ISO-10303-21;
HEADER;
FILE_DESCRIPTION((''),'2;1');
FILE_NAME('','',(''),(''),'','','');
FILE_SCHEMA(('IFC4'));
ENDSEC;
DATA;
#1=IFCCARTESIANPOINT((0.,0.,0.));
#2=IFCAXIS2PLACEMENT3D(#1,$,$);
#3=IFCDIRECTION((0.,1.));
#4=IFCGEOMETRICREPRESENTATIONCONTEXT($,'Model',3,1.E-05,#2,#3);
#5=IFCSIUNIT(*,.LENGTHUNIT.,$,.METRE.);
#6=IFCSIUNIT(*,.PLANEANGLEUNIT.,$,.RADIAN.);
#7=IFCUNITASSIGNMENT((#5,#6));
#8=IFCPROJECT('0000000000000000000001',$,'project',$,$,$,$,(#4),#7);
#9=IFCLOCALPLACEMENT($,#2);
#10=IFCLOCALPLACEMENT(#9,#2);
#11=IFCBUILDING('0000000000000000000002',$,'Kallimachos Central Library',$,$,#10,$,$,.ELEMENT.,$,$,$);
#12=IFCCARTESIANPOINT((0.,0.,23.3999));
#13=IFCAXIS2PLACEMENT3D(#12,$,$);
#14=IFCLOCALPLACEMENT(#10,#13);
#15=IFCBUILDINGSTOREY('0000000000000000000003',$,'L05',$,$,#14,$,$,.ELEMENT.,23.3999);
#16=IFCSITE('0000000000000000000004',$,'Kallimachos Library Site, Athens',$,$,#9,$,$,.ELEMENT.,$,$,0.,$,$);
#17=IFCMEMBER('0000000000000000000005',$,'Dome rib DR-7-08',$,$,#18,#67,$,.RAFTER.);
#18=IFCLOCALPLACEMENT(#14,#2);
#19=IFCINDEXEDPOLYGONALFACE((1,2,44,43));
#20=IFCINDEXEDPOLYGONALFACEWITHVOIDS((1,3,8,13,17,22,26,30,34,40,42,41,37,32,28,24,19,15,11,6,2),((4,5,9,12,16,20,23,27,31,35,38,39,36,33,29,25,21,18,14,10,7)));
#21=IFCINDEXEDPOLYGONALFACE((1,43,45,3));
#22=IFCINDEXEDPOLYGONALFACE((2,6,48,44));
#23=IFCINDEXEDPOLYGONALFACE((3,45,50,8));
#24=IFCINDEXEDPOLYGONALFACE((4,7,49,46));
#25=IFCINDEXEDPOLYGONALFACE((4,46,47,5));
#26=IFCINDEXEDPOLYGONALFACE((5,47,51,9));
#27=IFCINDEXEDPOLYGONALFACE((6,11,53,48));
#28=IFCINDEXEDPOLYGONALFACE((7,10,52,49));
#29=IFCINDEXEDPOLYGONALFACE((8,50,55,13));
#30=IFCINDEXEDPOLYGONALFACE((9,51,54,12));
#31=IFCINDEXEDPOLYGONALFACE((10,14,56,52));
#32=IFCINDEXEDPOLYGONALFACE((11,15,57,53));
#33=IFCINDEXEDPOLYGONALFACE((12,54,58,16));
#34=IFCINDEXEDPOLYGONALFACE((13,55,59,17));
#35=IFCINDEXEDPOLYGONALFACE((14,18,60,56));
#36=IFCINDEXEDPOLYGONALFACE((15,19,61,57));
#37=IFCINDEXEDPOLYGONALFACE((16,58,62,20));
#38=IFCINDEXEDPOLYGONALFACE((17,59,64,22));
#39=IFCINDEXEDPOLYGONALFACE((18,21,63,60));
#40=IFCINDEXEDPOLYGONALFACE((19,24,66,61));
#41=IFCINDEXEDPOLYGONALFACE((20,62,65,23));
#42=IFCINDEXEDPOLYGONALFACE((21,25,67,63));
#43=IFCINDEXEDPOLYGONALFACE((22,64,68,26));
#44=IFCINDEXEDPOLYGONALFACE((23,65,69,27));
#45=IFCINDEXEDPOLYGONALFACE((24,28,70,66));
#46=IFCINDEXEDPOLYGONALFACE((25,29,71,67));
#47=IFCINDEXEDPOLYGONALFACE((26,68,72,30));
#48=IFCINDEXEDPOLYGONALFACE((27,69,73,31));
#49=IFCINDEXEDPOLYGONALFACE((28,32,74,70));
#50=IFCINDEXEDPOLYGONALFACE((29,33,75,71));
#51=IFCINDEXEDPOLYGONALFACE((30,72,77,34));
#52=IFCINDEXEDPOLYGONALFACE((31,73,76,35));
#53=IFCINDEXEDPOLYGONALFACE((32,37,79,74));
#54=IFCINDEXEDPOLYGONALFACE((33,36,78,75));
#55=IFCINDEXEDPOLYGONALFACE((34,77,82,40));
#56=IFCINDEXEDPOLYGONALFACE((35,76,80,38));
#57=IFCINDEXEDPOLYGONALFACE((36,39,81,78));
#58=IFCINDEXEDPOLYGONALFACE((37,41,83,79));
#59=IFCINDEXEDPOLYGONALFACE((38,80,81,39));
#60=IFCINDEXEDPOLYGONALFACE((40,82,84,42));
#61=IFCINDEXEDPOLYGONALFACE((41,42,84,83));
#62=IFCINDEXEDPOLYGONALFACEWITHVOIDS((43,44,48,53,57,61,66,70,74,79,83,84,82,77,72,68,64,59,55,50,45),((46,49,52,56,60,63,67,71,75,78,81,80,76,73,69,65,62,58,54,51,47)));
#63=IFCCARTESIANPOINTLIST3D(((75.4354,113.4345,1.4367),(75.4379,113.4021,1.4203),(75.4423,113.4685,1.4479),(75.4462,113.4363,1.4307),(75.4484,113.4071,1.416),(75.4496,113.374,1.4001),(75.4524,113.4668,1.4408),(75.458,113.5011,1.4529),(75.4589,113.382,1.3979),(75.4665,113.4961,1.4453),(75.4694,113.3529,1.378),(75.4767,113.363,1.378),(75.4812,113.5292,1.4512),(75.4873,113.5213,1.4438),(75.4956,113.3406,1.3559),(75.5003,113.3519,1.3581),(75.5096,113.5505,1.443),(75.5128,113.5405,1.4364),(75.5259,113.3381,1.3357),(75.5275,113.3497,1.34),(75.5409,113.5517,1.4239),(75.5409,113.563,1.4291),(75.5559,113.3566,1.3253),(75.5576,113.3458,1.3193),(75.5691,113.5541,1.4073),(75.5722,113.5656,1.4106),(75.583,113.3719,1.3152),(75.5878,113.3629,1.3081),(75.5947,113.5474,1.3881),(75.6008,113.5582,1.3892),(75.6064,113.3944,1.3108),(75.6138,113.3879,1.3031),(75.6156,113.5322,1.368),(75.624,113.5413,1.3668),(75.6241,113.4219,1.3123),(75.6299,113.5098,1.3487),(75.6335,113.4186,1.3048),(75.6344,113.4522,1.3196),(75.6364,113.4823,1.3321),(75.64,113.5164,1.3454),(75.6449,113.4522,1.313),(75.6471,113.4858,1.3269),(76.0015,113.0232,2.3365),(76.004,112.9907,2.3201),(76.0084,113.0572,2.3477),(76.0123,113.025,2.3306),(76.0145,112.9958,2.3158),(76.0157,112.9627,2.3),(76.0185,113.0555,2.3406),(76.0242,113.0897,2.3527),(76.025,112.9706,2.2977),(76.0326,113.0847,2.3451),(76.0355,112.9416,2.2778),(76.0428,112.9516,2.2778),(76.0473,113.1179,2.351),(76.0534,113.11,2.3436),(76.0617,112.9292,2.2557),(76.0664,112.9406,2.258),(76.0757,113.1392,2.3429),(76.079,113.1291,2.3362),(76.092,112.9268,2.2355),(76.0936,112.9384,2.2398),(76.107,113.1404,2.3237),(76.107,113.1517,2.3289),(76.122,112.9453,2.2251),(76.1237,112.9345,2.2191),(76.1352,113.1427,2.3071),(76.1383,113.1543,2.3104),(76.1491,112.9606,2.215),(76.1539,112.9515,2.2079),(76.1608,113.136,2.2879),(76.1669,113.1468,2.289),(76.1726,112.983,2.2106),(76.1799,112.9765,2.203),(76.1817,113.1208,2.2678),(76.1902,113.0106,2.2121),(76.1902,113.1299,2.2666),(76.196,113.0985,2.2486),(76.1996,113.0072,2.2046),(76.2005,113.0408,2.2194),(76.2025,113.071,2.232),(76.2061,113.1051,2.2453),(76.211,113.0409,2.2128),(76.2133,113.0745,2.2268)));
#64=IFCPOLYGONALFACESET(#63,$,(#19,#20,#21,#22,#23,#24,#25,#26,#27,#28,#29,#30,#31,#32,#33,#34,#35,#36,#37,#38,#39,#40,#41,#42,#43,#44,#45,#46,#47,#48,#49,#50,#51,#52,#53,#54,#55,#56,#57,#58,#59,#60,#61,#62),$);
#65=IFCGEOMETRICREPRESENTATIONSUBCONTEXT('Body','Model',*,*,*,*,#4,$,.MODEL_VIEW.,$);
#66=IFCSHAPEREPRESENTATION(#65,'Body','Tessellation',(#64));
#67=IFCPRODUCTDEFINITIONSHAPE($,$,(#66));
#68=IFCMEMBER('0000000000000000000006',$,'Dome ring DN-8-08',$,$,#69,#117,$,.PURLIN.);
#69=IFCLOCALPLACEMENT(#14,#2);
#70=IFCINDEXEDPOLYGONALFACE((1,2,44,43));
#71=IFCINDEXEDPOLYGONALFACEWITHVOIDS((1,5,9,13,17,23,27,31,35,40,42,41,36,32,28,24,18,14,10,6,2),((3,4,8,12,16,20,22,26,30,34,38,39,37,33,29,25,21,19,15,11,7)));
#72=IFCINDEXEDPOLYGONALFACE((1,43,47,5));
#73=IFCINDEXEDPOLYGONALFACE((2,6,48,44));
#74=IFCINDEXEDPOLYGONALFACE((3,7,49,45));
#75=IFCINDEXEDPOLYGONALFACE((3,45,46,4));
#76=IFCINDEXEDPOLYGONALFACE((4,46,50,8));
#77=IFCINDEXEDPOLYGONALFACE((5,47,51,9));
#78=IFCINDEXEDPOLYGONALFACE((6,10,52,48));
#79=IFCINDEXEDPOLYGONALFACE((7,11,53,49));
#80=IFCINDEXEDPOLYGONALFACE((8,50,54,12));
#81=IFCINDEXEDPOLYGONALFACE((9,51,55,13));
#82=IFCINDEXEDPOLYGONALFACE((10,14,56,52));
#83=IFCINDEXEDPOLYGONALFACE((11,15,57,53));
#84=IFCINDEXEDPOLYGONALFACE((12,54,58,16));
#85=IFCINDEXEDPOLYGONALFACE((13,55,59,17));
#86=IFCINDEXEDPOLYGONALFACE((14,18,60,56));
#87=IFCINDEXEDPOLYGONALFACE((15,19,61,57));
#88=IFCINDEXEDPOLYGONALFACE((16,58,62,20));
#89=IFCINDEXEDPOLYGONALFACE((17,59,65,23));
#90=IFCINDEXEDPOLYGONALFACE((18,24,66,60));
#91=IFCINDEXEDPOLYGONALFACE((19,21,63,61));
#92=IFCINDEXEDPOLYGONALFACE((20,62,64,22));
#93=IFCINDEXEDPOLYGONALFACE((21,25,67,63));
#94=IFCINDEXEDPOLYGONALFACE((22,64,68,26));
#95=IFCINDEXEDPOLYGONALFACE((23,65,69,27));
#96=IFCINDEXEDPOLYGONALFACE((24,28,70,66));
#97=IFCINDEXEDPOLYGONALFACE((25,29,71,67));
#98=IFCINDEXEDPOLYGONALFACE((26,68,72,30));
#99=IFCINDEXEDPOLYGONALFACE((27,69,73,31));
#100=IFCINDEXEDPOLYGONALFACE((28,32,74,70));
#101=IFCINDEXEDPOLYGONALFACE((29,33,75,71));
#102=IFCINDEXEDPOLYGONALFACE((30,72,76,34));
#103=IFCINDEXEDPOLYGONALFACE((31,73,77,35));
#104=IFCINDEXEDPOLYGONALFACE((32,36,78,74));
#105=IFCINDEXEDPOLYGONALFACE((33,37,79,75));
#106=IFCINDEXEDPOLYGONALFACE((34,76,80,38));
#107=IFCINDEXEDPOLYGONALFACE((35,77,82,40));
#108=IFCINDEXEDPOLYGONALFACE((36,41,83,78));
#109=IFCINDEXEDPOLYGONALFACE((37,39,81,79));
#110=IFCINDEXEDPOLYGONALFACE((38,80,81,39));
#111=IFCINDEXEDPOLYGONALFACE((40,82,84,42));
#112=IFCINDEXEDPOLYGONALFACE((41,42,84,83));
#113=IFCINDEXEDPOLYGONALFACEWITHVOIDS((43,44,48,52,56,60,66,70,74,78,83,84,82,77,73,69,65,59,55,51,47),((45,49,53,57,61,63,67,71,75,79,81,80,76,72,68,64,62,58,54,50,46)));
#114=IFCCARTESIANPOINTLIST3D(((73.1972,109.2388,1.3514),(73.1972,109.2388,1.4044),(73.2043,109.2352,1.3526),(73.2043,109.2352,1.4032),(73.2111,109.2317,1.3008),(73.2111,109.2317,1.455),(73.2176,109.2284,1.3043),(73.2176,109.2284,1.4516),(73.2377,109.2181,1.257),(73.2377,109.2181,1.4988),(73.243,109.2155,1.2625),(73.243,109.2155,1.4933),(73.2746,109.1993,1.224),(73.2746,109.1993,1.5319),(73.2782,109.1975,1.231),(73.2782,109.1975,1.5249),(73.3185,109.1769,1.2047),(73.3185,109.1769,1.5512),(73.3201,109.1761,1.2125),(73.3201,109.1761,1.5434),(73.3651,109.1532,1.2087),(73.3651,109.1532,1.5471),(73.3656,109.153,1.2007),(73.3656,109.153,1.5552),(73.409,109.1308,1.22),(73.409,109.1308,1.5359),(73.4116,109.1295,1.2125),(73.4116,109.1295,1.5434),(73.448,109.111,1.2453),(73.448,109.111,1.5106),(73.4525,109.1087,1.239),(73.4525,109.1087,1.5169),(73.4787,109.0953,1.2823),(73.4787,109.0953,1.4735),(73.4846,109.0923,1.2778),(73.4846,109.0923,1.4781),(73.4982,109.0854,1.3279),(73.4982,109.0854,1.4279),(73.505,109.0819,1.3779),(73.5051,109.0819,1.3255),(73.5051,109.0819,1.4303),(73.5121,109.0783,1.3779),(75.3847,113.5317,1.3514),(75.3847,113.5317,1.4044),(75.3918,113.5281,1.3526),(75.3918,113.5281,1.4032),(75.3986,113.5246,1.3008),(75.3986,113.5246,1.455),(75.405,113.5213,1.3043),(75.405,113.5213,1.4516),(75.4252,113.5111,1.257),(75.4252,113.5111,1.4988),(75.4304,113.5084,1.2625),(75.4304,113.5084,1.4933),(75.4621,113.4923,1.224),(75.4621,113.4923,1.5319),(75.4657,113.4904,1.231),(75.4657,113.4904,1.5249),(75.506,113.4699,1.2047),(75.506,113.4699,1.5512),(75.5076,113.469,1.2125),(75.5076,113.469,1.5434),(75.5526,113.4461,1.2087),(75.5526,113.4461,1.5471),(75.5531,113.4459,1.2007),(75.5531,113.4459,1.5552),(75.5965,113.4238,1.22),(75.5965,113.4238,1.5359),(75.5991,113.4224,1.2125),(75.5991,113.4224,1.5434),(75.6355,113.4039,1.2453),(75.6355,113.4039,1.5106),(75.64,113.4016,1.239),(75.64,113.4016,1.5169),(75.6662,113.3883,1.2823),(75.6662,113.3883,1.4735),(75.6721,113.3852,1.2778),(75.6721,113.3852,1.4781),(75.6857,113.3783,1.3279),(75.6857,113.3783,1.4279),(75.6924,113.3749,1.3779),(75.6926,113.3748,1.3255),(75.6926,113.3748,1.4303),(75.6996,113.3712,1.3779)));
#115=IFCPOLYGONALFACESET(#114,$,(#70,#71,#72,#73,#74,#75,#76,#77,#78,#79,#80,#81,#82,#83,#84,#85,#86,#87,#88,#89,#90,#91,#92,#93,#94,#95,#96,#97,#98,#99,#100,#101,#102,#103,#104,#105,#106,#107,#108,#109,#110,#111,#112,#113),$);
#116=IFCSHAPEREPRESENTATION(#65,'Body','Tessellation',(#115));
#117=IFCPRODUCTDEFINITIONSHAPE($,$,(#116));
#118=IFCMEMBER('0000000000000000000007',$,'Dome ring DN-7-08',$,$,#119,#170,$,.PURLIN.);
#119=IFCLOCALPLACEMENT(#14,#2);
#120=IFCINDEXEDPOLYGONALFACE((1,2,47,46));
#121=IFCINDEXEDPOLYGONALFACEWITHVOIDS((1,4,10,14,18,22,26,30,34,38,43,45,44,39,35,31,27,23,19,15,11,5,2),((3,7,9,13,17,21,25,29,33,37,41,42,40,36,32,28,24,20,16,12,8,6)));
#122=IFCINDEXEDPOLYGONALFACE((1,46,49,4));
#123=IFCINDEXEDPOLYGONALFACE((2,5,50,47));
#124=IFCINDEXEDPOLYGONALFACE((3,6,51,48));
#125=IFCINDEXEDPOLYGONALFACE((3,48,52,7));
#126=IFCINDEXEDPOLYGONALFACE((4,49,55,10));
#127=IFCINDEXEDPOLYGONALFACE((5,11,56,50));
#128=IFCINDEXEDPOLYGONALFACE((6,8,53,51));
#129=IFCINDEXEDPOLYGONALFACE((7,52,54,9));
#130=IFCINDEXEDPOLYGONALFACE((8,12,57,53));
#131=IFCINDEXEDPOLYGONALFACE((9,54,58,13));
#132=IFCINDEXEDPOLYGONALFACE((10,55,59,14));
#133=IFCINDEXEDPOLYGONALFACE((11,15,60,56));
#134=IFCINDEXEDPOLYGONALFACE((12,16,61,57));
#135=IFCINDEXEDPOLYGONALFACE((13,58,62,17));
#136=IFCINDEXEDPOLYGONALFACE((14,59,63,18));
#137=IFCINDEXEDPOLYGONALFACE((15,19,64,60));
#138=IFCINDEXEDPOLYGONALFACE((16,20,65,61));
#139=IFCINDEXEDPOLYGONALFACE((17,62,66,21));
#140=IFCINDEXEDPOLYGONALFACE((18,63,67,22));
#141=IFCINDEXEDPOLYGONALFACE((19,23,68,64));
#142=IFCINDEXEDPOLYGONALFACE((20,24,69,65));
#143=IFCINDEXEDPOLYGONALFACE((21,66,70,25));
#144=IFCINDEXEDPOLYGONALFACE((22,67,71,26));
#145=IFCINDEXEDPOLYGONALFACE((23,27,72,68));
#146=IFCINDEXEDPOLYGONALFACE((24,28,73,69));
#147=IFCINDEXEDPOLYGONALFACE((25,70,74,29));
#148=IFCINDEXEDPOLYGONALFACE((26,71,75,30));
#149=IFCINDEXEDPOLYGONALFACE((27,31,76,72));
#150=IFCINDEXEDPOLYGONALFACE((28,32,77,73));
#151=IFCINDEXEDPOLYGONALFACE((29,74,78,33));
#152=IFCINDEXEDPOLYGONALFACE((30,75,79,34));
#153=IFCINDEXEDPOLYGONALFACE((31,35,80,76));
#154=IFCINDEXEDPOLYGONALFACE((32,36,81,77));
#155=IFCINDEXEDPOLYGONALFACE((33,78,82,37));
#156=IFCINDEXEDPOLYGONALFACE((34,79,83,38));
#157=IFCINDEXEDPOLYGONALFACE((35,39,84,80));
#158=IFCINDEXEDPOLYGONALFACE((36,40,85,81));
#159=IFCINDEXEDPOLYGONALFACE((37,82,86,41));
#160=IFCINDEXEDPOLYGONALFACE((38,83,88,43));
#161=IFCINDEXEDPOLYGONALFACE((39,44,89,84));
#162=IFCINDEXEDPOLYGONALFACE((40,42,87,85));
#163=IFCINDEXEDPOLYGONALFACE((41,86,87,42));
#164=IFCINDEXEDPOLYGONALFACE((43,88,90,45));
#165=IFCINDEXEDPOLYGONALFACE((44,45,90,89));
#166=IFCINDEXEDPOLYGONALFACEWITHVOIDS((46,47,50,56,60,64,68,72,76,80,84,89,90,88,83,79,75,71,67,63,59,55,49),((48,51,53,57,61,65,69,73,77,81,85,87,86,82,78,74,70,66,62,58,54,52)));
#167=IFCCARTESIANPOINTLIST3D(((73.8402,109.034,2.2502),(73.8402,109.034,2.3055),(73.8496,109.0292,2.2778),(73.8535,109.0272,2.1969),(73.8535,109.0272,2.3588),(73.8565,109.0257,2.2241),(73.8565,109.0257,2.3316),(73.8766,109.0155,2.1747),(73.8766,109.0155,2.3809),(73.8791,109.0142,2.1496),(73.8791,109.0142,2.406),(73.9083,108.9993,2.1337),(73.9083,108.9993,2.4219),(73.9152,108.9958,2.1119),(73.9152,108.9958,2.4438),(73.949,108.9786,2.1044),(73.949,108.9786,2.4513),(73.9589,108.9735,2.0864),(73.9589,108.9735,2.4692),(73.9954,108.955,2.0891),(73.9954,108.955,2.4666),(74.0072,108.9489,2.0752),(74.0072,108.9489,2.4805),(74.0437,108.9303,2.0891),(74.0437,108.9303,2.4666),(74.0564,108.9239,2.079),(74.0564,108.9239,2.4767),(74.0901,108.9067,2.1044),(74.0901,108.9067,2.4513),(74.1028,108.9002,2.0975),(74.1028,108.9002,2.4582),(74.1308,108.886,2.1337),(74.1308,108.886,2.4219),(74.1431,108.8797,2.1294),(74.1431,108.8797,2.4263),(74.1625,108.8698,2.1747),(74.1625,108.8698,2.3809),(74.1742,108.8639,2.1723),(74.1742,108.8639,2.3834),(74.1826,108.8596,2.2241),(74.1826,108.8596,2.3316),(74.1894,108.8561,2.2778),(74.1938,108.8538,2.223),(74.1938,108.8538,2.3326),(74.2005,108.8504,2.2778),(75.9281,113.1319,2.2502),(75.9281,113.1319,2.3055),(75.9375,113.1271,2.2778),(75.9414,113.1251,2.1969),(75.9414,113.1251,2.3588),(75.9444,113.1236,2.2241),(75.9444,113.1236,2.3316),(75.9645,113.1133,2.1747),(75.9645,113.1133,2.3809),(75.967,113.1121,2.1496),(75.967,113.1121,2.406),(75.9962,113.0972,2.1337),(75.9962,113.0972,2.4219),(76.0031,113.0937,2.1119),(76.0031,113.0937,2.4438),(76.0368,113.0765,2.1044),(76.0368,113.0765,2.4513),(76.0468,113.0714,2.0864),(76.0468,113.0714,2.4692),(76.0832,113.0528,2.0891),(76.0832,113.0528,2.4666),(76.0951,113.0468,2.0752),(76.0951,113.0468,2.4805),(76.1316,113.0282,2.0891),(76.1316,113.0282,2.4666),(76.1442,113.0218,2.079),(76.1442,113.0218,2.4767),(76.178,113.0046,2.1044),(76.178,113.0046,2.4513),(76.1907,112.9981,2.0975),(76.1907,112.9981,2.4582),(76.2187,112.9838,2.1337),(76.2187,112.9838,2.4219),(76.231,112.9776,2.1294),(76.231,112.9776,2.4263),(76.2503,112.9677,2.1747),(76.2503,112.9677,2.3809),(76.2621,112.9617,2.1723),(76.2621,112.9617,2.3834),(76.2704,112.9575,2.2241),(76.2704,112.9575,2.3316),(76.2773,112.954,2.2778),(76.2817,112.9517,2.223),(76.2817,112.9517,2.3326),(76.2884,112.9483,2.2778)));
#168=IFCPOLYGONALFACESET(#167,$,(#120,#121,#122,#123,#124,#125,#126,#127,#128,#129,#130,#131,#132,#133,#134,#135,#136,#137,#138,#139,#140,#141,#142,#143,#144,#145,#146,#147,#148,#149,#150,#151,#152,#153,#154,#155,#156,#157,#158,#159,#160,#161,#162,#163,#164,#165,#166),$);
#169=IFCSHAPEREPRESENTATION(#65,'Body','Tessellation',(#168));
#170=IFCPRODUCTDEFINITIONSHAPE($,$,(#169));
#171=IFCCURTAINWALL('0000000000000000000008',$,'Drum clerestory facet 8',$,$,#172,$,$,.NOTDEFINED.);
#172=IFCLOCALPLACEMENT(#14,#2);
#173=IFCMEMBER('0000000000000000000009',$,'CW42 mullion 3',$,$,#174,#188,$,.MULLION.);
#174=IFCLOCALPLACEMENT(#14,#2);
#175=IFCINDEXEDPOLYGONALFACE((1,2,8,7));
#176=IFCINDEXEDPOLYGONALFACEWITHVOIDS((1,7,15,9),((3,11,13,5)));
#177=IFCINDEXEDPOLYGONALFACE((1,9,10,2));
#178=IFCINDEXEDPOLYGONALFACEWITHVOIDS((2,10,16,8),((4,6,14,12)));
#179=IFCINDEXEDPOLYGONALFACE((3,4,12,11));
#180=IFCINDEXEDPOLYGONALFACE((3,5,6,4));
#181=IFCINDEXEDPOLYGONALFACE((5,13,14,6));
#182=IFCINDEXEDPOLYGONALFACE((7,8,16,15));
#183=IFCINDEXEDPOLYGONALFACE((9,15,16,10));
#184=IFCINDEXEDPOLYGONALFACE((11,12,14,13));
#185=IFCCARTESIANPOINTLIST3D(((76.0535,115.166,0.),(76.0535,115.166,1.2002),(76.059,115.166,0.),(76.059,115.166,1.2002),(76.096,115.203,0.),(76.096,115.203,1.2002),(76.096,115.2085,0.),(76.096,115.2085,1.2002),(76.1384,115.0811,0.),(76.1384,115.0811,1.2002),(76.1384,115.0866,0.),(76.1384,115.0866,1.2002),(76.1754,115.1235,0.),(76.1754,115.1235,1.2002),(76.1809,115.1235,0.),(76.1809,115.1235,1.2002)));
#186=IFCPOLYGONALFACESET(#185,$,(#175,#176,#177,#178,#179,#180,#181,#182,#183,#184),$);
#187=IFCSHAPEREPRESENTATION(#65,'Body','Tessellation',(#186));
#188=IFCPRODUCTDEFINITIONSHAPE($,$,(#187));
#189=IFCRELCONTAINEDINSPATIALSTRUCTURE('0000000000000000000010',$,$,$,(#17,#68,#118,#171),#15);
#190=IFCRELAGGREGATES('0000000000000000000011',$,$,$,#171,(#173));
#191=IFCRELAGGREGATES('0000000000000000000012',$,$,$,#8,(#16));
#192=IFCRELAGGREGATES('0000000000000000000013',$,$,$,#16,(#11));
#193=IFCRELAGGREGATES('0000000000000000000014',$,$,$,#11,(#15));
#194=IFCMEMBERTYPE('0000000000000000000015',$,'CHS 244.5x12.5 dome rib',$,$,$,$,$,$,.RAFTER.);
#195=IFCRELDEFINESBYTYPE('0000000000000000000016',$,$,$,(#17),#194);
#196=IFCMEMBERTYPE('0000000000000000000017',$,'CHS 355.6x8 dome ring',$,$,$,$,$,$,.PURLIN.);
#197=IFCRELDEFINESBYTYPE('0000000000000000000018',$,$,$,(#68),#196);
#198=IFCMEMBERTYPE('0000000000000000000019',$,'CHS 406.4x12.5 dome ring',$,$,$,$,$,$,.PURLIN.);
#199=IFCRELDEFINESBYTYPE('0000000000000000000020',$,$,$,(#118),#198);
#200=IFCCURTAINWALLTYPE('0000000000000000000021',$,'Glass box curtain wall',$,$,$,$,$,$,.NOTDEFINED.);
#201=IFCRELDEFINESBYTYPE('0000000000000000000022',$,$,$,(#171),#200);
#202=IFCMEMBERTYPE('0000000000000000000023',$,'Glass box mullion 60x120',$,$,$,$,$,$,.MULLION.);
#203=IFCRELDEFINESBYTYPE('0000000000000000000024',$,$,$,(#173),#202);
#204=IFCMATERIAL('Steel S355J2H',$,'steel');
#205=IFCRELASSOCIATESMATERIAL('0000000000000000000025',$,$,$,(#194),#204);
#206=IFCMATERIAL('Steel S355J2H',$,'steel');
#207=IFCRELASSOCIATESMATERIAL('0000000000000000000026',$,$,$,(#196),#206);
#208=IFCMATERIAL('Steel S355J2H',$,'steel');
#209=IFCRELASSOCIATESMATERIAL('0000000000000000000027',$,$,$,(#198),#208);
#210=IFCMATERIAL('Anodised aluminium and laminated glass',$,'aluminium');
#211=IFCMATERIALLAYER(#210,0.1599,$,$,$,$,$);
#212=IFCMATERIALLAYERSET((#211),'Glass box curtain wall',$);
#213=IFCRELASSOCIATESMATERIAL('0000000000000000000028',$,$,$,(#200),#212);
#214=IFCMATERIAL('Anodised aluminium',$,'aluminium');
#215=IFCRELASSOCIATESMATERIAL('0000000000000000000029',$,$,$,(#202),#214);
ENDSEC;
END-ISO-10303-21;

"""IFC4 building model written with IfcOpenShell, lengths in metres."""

from ifc_helpers import new_model, si_unit, direction, frame, origin, origin_2d, place, context, subcontext, project, spatial, hollow_rectangle, hollow_circle, extrude, material, layer, layer_set, material_profile, profile_set, type_object, element, aggregate, save


model = new_model("IFC4")

# Units and contexts
model_context = context("Model", 3, precision=1e-05, world=origin(), true_north=direction((0.0, 1.0)))
body_context = subcontext(model_context, "Body", "Model", "MODEL_VIEW")
ifc_project = project(units=[si_unit("LENGTHUNIT", "METRE"), si_unit("PLANEANGLEUNIT", "RADIAN")], contexts=[model_context])

# Site, building, storey
site_placement = place(None, origin())
site = spatial("IfcSite", under=ifc_project, at=site_placement, Name="Kallimachos Library Site, Athens", CompositionType="ELEMENT", RefElevation=0.0)
building_placement = place(site_placement, origin())
building = spatial("IfcBuilding", under=site, at=building_placement, Name="Kallimachos Central Library", CompositionType="ELEMENT")
storey_placement = place(building_placement, frame((0.0, 0.0, 23.3999)))
storey = spatial("IfcBuildingStorey", under=building, at=storey_placement, Name="L05", CompositionType="ELEMENT", Elevation=23.3999)

# Members
ifc_material_1 = material(Name="Steel S355J2H", Category="steel")
ifc_material_profile_1 = material_profile(ifc_material_1, hollow_circle(Radius=0.1223, WallThickness=0.0125, at=origin_2d()), Name="CHS 244.5x12.5")
ifc_profile_set_1 = profile_set([ifc_material_profile_1], Name="Steel S355J2H")
member_type_1 = type_object("IfcMemberType", Name="CHS 244.5x12.5 dome rib", PredefinedType="RAFTER", material=ifc_profile_set_1)
member_1_placement = place(storey_placement, frame((76.1074, 113.0405, 2.2778), z_axis=(-0.496634, 0.360858, -0.78939), x_axis=(-0.587819, -0.808992, 0.0)))
element("IfcMember", 1, at=member_1_placement, inside=storey, type_object=member_type_1, Name="Dome rib DR-7-08", PredefinedType="RAFTER", context=body_context, shape_type="SweptSolid", body=[
    extrude(hollow_circle(Radius=0.1223, WallThickness=0.0125, at=origin_2d()), origin(), (0.0, 0.0, 1.0), 1.1399),
])
ifc_material_2 = material(Name="Steel S355J2H", Category="steel")
ifc_material_profile_2 = material_profile(ifc_material_2, hollow_circle(Radius=0.1777, WallThickness=0.0081, at=origin_2d()), Name="CHS 355.6x8")
ifc_profile_set_2 = profile_set([ifc_material_profile_2], Name="Steel S355J2H")
member_type_2 = type_object("IfcMemberType", Name="CHS 355.6x8 dome ring", PredefinedType="PURLIN", material=ifc_profile_set_2)
member_2_placement = place(storey_placement, frame((75.5413, 113.4519, 1.3779), z_axis=(-0.454011, -0.890996, 0.0), x_axis=(0.890996, -0.454011, 0.0)))
element("IfcMember", 2, at=member_2_placement, inside=storey, type_object=member_type_2, Name="Dome ring DN-8-08", PredefinedType="PURLIN", context=body_context, shape_type="SweptSolid", body=[
    extrude(hollow_circle(Radius=0.1777, WallThickness=0.0081, at=origin_2d()), origin(), (0.0, 0.0, 1.0), 4.8181),
])
ifc_material_3 = material(Name="Steel S355J2H", Category="steel")
ifc_material_profile_3 = material_profile(ifc_material_3, hollow_circle(Radius=0.2031, WallThickness=0.0125, at=origin_2d()), Name="CHS 406.4x12.5")
ifc_profile_set_3 = profile_set([ifc_material_profile_3], Name="Steel S355J2H")
member_type_3 = type_object("IfcMemberType", Name="CHS 406.4x12.5 dome ring", PredefinedType="PURLIN", material=ifc_profile_set_3)
member_3_placement = place(storey_placement, frame((76.1074, 113.0405, 2.2778), z_axis=(-0.453974, -0.891015, 0.0), x_axis=(0.891015, -0.453974, 0.0)))
element("IfcMember", 3, at=member_3_placement, inside=storey, type_object=member_type_3, Name="Dome ring DN-7-08", PredefinedType="PURLIN", context=body_context, shape_type="SweptSolid", body=[
    extrude(hollow_circle(Radius=0.2031, WallThickness=0.0125, at=origin_2d()), origin(), (0.0, 0.0, 1.0), 4.5991),
])

# Curtain wall, member
ifc_material_4 = material(Name="Anodised aluminium and laminated glass", Category="aluminium")
ifc_layer_1 = layer(ifc_material_4, 0.1599)
ifc_layer_set_1 = layer_set([ifc_layer_1], Name="Glass box curtain wall")
curtain_wall_type = type_object("IfcCurtainWallType", Name="Glass box curtain wall", PredefinedType="NOTDEFINED", material=ifc_layer_set_1)
curtain_wall_1_placement = place(storey_placement, origin())
curtain_wall_1 = element("IfcCurtainWall", 4, at=curtain_wall_1_placement, inside=storey, type_object=curtain_wall_type, Name="Drum clerestory facet 8", PredefinedType="NOTDEFINED")
ifc_material_5 = material(Name="Anodised aluminium", Category="aluminium")
ifc_material_profile_4 = material_profile(ifc_material_5, hollow_rectangle(XDim=0.0601, YDim=0.1201, WallThickness=0.0039, at=origin_2d()), Name="ALU MULLION 60x120")
ifc_profile_set_4 = profile_set([ifc_material_profile_4], Name="Anodised aluminium")
member_type_4 = type_object("IfcMemberType", Name="Glass box mullion 60x120", PredefinedType="MULLION", material=ifc_profile_set_4)
member_4_placement = place(storey_placement, frame((76.1172, 115.1448, 0.0), z_axis=(0.0, 0.0, 1.0), x_axis=(-0.707107, -0.707107, 0.0)))
member_4 = element("IfcMember", 5, at=member_4_placement, type_object=member_type_4, Name="CW42 mullion 3", PredefinedType="MULLION", context=body_context, shape_type="SweptSolid", body=[
    extrude(hollow_rectangle(XDim=0.0601, YDim=0.1201, WallThickness=0.0039, at=origin_2d()), origin(), (0.0, 0.0, 1.0), 1.2002),
])

aggregate(curtain_wall_1, [member_4])

save(model, "model.ifc")
